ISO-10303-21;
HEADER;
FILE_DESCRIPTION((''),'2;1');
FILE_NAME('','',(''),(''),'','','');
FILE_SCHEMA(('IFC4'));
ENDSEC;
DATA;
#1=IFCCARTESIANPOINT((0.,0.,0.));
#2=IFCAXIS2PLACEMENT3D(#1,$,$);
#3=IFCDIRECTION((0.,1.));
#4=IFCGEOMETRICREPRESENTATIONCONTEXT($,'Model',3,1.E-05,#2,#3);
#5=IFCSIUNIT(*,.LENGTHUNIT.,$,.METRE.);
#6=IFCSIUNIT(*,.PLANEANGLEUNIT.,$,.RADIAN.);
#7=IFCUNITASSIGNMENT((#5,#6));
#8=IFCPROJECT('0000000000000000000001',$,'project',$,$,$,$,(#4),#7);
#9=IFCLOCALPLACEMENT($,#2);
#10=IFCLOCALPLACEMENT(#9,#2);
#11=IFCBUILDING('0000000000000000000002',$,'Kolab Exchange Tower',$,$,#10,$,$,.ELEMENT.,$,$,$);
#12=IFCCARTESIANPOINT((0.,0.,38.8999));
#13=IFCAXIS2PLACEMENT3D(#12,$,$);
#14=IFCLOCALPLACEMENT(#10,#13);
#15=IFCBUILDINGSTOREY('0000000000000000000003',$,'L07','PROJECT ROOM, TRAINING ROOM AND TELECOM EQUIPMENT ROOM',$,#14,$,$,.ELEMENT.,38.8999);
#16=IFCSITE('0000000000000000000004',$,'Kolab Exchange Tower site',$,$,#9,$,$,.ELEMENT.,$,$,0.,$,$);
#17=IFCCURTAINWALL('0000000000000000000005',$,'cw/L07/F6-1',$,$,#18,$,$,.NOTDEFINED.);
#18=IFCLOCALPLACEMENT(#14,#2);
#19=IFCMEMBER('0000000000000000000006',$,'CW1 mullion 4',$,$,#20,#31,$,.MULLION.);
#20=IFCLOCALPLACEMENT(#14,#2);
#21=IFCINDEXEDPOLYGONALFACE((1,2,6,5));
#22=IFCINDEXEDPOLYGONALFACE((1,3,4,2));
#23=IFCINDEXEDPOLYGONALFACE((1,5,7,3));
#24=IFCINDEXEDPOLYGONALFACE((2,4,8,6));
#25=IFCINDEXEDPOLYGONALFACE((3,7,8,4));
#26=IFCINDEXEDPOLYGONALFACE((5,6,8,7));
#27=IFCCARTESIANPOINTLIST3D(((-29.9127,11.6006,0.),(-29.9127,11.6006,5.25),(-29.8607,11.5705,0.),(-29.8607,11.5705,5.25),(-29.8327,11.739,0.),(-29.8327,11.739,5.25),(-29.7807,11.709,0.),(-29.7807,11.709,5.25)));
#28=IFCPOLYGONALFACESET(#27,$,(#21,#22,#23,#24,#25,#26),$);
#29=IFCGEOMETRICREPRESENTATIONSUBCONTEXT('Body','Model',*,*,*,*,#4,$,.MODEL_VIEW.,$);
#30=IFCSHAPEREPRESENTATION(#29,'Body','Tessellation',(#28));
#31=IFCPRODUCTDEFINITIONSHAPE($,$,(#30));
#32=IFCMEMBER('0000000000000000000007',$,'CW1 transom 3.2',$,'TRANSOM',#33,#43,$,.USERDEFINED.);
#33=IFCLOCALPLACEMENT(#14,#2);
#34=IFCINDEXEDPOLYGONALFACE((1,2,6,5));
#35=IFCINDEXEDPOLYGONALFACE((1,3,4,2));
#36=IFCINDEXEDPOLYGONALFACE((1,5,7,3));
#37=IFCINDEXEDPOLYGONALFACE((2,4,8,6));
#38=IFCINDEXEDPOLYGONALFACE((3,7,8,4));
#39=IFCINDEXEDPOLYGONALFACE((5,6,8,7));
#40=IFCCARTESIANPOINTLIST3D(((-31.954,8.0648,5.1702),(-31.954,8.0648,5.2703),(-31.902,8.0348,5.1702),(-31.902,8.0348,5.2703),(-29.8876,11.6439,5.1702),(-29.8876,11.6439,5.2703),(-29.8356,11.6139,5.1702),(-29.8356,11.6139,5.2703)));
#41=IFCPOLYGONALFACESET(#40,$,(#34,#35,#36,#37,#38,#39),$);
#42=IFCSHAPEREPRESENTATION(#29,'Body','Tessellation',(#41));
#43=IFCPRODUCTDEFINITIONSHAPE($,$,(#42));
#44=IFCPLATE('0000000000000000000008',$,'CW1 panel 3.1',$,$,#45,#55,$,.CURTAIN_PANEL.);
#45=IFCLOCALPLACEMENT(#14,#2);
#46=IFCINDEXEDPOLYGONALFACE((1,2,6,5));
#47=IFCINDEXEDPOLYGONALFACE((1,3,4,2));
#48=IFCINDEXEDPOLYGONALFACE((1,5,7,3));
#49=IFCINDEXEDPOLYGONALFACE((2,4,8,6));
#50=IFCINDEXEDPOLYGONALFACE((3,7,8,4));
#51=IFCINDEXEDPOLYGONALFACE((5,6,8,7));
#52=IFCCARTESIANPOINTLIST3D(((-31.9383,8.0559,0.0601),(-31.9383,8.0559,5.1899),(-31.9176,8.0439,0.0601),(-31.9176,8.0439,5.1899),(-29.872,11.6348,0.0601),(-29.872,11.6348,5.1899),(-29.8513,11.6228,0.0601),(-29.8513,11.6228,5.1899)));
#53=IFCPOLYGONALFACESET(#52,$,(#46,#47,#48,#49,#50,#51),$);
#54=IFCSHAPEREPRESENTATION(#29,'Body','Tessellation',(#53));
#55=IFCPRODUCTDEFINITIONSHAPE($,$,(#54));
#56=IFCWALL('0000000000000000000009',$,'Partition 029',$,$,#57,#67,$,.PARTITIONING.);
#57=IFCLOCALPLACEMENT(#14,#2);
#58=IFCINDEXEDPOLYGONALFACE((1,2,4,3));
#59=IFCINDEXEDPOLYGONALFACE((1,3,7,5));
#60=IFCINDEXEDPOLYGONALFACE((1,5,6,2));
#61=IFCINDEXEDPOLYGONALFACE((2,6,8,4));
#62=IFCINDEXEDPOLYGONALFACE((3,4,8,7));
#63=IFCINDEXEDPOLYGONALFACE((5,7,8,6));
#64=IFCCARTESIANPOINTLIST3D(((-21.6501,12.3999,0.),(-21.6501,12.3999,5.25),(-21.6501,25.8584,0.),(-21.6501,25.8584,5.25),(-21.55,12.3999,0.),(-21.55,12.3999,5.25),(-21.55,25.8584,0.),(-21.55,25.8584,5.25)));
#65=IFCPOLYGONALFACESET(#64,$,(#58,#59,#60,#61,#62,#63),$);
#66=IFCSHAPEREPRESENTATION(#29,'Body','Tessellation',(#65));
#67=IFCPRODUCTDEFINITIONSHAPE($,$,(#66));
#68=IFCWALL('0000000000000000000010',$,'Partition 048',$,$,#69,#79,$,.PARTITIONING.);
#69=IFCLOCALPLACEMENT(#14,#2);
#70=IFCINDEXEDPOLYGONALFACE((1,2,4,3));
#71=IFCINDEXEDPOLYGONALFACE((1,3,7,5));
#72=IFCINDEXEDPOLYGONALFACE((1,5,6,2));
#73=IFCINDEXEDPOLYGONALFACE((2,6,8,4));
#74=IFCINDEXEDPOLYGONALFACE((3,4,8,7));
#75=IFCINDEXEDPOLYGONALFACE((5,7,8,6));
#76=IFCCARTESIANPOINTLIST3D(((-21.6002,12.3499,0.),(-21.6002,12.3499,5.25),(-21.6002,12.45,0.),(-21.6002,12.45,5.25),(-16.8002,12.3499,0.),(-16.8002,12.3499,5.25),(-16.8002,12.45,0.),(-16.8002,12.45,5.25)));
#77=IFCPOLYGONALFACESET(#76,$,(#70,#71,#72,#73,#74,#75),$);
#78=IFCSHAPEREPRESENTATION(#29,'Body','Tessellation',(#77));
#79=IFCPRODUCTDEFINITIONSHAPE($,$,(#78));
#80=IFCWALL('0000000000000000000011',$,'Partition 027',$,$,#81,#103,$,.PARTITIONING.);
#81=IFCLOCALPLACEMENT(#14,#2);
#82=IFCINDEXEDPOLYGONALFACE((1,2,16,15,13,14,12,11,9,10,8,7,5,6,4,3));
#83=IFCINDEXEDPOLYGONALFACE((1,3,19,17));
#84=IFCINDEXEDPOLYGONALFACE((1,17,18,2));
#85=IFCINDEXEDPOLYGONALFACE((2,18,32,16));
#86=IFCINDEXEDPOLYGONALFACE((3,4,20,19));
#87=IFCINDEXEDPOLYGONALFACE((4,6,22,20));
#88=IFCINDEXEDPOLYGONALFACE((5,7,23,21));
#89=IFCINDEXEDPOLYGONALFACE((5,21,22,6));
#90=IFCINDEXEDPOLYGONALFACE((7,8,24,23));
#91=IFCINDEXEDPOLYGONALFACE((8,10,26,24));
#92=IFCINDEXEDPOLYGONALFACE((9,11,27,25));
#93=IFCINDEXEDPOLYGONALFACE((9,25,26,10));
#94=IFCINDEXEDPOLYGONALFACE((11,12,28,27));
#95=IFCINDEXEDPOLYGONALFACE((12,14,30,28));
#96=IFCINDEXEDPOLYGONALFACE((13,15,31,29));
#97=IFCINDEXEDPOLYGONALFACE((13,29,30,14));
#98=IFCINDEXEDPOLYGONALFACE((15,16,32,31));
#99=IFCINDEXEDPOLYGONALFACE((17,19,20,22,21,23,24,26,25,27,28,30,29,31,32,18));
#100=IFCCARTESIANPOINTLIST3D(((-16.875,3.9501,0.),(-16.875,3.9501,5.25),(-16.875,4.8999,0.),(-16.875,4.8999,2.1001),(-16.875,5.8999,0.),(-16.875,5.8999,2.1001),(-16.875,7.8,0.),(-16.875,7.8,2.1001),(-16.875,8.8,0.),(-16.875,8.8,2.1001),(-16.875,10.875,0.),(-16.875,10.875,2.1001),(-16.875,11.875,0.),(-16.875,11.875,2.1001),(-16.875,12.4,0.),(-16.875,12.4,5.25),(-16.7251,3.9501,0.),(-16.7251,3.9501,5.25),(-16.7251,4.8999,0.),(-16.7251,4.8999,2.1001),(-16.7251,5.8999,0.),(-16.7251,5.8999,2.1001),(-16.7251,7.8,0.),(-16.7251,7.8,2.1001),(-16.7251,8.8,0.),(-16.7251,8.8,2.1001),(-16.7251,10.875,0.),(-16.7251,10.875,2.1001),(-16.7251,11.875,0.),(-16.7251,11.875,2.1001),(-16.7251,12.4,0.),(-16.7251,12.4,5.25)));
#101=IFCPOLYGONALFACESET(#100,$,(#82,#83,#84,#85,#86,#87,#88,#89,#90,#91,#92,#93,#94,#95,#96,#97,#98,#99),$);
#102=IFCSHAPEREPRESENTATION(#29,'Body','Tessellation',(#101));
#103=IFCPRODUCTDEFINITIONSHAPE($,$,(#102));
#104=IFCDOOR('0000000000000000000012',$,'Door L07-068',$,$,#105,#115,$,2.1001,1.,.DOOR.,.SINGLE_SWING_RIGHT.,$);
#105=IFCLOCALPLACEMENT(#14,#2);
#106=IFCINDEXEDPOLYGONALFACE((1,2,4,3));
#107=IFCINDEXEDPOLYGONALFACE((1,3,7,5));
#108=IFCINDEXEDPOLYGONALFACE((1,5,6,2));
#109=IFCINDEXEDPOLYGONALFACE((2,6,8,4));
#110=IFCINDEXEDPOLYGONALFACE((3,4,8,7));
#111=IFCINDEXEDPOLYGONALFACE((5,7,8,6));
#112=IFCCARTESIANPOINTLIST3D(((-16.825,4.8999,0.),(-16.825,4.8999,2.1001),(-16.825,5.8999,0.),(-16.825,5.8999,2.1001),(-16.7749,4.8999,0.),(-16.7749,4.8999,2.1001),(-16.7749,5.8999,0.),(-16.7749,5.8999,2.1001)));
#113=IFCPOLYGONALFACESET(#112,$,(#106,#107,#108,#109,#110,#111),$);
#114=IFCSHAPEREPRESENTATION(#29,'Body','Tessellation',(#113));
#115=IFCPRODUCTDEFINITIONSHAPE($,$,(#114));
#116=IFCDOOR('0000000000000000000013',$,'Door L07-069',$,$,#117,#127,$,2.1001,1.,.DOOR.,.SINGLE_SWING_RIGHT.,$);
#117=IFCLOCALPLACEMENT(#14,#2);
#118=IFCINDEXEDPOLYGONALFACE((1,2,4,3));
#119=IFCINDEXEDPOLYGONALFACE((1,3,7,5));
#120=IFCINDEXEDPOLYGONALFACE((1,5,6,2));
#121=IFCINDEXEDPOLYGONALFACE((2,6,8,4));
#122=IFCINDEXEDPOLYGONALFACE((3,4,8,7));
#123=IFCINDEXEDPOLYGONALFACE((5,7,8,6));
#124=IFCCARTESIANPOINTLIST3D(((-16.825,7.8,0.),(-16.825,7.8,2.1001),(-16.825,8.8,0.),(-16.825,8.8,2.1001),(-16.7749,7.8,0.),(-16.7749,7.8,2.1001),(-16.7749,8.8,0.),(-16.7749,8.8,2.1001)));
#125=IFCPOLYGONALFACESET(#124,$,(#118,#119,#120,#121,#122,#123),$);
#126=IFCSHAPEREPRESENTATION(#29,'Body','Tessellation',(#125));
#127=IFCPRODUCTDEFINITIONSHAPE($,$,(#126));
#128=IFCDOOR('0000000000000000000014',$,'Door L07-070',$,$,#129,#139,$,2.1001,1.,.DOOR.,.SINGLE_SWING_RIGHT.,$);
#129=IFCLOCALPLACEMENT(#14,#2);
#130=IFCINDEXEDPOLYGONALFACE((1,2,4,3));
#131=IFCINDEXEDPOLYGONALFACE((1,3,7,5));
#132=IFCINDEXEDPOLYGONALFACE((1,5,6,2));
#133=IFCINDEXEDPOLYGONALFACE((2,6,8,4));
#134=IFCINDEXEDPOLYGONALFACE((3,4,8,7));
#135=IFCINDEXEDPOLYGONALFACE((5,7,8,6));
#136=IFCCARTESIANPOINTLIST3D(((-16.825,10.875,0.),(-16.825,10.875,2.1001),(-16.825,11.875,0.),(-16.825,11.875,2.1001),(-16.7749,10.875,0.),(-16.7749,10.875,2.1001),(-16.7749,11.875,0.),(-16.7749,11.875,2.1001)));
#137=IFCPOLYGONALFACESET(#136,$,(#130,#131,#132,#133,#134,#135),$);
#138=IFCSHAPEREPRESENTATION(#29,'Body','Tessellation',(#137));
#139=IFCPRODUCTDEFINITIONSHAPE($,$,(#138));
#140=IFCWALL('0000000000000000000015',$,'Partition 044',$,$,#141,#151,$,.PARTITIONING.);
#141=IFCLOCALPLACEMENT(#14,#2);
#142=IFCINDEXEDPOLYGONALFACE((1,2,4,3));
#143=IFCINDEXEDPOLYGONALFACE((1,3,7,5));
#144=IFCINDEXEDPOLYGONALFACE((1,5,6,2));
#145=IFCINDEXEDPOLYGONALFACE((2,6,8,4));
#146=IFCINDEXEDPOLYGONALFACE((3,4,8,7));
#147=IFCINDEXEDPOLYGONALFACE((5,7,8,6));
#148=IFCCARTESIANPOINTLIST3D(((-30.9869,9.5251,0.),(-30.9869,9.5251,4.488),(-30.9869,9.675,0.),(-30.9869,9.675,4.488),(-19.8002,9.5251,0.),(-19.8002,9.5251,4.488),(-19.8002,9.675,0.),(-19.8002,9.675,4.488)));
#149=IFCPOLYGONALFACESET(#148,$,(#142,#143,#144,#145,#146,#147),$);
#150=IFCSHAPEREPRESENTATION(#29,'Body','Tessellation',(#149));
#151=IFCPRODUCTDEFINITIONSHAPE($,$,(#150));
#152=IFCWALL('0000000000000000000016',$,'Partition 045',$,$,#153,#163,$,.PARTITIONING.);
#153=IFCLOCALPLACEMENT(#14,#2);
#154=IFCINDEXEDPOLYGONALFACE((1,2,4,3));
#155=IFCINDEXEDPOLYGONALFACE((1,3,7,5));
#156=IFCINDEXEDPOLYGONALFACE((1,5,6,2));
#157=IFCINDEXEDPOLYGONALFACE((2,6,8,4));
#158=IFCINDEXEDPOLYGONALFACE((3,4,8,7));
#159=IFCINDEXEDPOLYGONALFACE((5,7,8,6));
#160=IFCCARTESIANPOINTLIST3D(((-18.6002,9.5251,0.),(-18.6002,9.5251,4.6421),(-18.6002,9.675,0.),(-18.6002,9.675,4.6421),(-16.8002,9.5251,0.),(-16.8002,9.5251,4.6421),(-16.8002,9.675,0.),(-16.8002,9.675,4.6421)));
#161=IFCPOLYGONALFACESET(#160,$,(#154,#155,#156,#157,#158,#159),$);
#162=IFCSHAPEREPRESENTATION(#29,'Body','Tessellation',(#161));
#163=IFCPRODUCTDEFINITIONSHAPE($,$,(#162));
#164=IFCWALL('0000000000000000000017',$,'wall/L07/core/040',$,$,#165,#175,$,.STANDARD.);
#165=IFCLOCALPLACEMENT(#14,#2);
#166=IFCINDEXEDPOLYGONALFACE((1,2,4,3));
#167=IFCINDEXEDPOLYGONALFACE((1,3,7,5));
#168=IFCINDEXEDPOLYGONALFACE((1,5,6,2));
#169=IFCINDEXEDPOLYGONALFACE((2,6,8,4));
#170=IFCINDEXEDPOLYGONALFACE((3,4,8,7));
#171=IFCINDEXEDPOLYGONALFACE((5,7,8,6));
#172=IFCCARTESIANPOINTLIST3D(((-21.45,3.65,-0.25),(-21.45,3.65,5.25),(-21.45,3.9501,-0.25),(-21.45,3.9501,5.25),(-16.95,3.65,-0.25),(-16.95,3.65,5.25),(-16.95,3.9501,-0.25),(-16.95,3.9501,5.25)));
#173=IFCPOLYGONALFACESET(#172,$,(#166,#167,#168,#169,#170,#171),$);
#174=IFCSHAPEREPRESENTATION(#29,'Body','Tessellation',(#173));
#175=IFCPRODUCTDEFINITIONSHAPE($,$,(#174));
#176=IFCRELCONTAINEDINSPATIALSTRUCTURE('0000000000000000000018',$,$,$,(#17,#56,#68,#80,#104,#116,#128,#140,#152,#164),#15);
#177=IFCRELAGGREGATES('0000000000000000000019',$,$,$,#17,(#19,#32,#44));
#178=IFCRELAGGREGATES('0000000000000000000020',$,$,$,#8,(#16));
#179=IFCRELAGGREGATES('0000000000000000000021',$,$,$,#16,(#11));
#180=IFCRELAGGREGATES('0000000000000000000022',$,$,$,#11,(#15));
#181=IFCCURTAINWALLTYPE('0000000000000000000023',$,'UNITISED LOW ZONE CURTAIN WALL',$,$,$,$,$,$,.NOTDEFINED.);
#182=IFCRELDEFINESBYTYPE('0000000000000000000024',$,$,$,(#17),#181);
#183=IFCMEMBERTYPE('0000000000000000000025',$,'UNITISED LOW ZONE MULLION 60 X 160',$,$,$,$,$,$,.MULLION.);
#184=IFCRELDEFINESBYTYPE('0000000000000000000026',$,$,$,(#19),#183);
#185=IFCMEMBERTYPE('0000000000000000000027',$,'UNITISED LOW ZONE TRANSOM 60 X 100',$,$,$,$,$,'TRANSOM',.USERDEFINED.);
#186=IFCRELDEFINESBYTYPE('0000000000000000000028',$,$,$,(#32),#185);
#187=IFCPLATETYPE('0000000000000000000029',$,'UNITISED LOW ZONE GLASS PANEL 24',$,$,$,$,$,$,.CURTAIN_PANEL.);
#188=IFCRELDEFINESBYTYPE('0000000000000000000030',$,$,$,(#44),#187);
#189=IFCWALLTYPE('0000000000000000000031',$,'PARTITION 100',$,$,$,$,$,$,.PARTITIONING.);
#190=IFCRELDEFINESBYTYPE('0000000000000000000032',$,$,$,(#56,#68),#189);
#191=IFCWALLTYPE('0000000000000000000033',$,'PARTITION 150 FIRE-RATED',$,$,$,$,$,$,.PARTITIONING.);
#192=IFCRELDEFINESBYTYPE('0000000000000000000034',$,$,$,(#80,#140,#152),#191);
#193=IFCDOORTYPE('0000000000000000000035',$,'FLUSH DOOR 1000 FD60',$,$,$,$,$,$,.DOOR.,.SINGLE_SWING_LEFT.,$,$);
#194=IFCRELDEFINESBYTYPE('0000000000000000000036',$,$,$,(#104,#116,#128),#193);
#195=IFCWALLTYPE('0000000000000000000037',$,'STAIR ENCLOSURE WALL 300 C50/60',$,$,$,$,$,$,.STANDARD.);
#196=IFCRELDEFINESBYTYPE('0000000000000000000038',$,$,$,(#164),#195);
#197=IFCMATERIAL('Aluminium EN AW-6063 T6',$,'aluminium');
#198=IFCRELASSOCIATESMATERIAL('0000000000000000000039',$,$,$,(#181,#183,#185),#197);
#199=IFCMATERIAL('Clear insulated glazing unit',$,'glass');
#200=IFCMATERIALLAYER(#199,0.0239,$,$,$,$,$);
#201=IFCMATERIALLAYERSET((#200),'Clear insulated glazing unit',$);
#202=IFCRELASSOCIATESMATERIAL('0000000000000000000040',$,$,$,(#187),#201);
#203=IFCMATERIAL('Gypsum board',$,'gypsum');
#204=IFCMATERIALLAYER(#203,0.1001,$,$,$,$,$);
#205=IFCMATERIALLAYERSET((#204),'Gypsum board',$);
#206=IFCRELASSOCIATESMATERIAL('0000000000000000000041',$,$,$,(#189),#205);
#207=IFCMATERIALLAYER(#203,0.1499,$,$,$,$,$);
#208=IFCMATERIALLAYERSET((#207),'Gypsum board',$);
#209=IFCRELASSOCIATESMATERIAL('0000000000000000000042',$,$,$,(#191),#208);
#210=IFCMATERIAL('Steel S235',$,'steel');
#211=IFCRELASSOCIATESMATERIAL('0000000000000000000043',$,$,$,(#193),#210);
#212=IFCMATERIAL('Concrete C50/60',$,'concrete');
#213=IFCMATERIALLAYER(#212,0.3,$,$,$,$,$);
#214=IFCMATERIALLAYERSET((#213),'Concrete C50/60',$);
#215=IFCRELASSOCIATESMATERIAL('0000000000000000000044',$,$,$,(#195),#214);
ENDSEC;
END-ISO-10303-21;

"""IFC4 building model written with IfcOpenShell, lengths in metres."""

from ifc_helpers import new_model, si_unit, direction, frame, frame_2d, origin, origin_2d, place, context, subcontext, project, spatial, rectangle, extrude, material, layer, layer_set, material_profile, profile_set, type_object, element, fill, aggregate, save


model = new_model("IFC4")

# Units and contexts
model_context = context("Model", 3, precision=1e-05, world=origin(), true_north=direction((0.0, 1.0)))
body_context = subcontext(model_context, "Body", "Model", "MODEL_VIEW")
ifc_project = project(units=[si_unit("LENGTHUNIT", "METRE"), si_unit("PLANEANGLEUNIT", "RADIAN")], contexts=[model_context])

# Site, building, storey
site_placement = place(None, origin())
site = spatial("IfcSite", under=ifc_project, at=site_placement, Name="Kolab Exchange Tower site", CompositionType="ELEMENT", RefElevation=0.0)
building_placement = place(site_placement, origin())
building = spatial("IfcBuilding", under=site, at=building_placement, Name="Kolab Exchange Tower", CompositionType="ELEMENT")
storey_placement = place(building_placement, frame((0.0, 0.0, 38.8999)))
storey = spatial("IfcBuildingStorey", under=building, at=storey_placement, Name="L07", Description="PROJECT ROOM, TRAINING ROOM AND TELECOM EQUIPMENT ROOM", CompositionType="ELEMENT", Elevation=38.8999)

# Curtain wall, members, plate
ifc_material_1 = material(Name="Aluminium EN AW-6063 T6", Category="aluminium")
curtain_wall_type = type_object("IfcCurtainWallType", Name="UNITISED LOW ZONE CURTAIN WALL", PredefinedType="NOTDEFINED", material=ifc_material_1)
curtain_wall_placement = place(storey_placement, origin())
curtain_wall = element("IfcCurtainWall", 1, at=curtain_wall_placement, inside=storey, type_object=curtain_wall_type, Name="cw/L07/F6-1", PredefinedType="NOTDEFINED")
ifc_material_profile_1 = material_profile(ifc_material_1, rectangle(XDim=0.0601, YDim=0.1599, at=origin_2d()), Name="RECT 60X160")
ifc_profile_set_1 = profile_set([ifc_material_profile_1], Name="Aluminium EN AW-6063 T6")
member_type_1 = type_object("IfcMemberType", Name="UNITISED LOW ZONE MULLION 60 X 160", PredefinedType="MULLION", material=ifc_profile_set_1)
member_1_placement = place(storey_placement, frame((-29.8467, 11.6548, 0.0), z_axis=(0.0, 0.0, 1.0), x_axis=(-0.866025, 0.5, 0.0)))
member_1 = element("IfcMember", 2, at=member_1_placement, type_object=member_type_1, Name="CW1 mullion 4", PredefinedType="MULLION", context=body_context, shape_type="SweptSolid", body=[
    extrude(rectangle(XDim=0.0601, YDim=0.1599, at=origin_2d()), origin(), (0.0, 0.0, 1.0), 5.25),
])
ifc_material_profile_2 = material_profile(ifc_material_1, rectangle(XDim=0.0601, YDim=0.1001, at=origin_2d()), Name="RECT 60X100")
ifc_profile_set_2 = profile_set([ifc_material_profile_2], Name="Aluminium EN AW-6063 T6")
member_type_2 = type_object("IfcMemberType", Name="UNITISED LOW ZONE TRANSOM 60 X 100", ElementType="TRANSOM", PredefinedType="USERDEFINED", material=ifc_profile_set_2)
member_2_placement = place(storey_placement, frame((-31.928, 8.0498, 5.2202), z_axis=(0.500002, 0.866024, 0.0), x_axis=(-0.866024, 0.500002, 0.0)))
member_2 = element("IfcMember", 3, at=member_2_placement, type_object=member_type_2, Name="CW1 transom 3.2", ObjectType="TRANSOM", PredefinedType="USERDEFINED", context=body_context, shape_type="SweptSolid", body=[
    extrude(rectangle(XDim=0.0601, YDim=0.1001, at=origin_2d()), origin(), (0.0, 0.0, 1.0), 4.1328),
])
ifc_material_2 = material(Name="Clear insulated glazing unit", Category="glass")
ifc_layer_1 = layer(ifc_material_2, 0.0239)
ifc_layer_set_1 = layer_set([ifc_layer_1], Name="Clear insulated glazing unit")
plate_type = type_object("IfcPlateType", Name="UNITISED LOW ZONE GLASS PANEL 24", PredefinedType="CURTAIN_PANEL", material=ifc_layer_set_1)
plate_placement = place(storey_placement, frame((-30.8948, 9.8394, 0.0601), z_axis=(0.0, 0.0, 1.0), x_axis=(0.5, 0.866025, 0.0)))
plate = element("IfcPlate", 4, at=plate_placement, type_object=plate_type, Name="CW1 panel 3.1", PredefinedType="CURTAIN_PANEL", context=body_context, shape_type="SweptSolid", body=[
    extrude(rectangle(XDim=4.1326, YDim=0.0239, at=origin_2d()), origin(), (0.0, 0.0, 1.0), 5.1299),
])
aggregate(curtain_wall, [member_1, member_2, plate])

# Walls
ifc_material_3 = material(Name="Gypsum board", Category="gypsum")
ifc_layer_2 = layer(ifc_material_3, 0.1001)
ifc_layer_set_2 = layer_set([ifc_layer_2], Name="Gypsum board")
wall_type_1 = type_object("IfcWallType", Name="PARTITION 100", PredefinedType="PARTITIONING", material=ifc_layer_set_2)
wall_1_placement = place(storey_placement, frame((-21.6001, 12.3999, 0.0), z_axis=(0.0, 0.0, 1.0), x_axis=(0.0, 1.0, 0.0)))
element("IfcWall", 5, at=wall_1_placement, inside=storey, type_object=wall_type_1, Name="Partition 029", PredefinedType="PARTITIONING", context=body_context, shape_type="SweptSolid", body=[
    extrude(rectangle(XDim=13.4585, YDim=0.1001, at=frame_2d((6.7292, 0.0))), origin(), (0.0, 0.0, 1.0), 5.25),
])
wall_2_placement = place(storey_placement, frame((-21.6001, 12.3999, 0.0), z_axis=(0.0, 0.0, 1.0), x_axis=(1.0, 0.0, 0.0)))
element("IfcWall", 6, at=wall_2_placement, inside=storey, type_object=wall_type_1, Name="Partition 048", PredefinedType="PARTITIONING", context=body_context, shape_type="SweptSolid", body=[
    extrude(rectangle(XDim=4.8, YDim=0.1001, at=frame_2d((2.3999, 0.0))), origin(), (0.0, 0.0, 1.0), 5.25),
])

# Wall, openings, doors
ifc_layer_3 = layer(ifc_material_3, 0.1499)
ifc_layer_set_3 = layer_set([ifc_layer_3], Name="Gypsum board")
wall_type_2 = type_object("IfcWallType", Name="PARTITION 150 FIRE-RATED", PredefinedType="PARTITIONING", material=ifc_layer_set_3)
wall_3_placement = place(storey_placement, frame((-16.8, 3.95, 0.0), z_axis=(0.0, 0.0, 1.0), x_axis=(0.0, 1.0, 0.0)))
wall_3 = element("IfcWall", 7, at=wall_3_placement, inside=storey, type_object=wall_type_2, Name="Partition 027", PredefinedType="PARTITIONING", context=body_context, shape_type="SweptSolid", body=[
    extrude(rectangle(XDim=8.45, YDim=0.1499, at=frame_2d((4.2251, 0.0))), origin(), (0.0, 0.0, 1.0), 5.25),
])
opening_1_placement = place(wall_3_placement, frame((0.95, 0.0, 0.0)))
opening_1 = element("IfcOpeningElement", 8, at=opening_1_placement, cuts=wall_3, PredefinedType="OPENING", context=body_context, shape_type="SweptSolid", body=[
    extrude(rectangle(XDim=1.0, YDim=2.1001, at=frame_2d((0.5, 1.05))), frame((0.0, 0.085, 0.0), z_axis=(0.0, -1.0, 0.0), x_axis=(1.0, 0.0, 0.0)), (0.0, 0.0, 1.0), 0.1699),
])
opening_2_placement = place(wall_3_placement, frame((3.8501, 0.0, 0.0)))
opening_2 = element("IfcOpeningElement", 9, at=opening_2_placement, cuts=wall_3, PredefinedType="OPENING", context=body_context, shape_type="SweptSolid", body=[
    extrude(rectangle(XDim=1.0, YDim=2.1001, at=frame_2d((0.5, 1.05))), frame((0.0, 0.085, 0.0), z_axis=(0.0, -1.0, 0.0), x_axis=(1.0, 0.0, 0.0)), (0.0, 0.0, 1.0), 0.1699),
])
opening_3_placement = place(wall_3_placement, frame((6.925, 0.0, 0.0)))
opening_3 = element("IfcOpeningElement", 10, at=opening_3_placement, cuts=wall_3, PredefinedType="OPENING", context=body_context, shape_type="SweptSolid", body=[
    extrude(rectangle(XDim=1.0, YDim=2.1001, at=frame_2d((0.5, 1.05))), frame((0.0, 0.085, 0.0), z_axis=(0.0, -1.0, 0.0), x_axis=(1.0, 0.0, 0.0)), (0.0, 0.0, 1.0), 0.1699),
])
ifc_material_4 = material(Name="Steel S235", Category="steel")
door_type_1 = type_object("IfcDoorType", Name="FLUSH DOOR 1000 FD60", OperationType="SINGLE_SWING_LEFT", PredefinedType="DOOR", material=ifc_material_4)
door_1_placement = place(opening_1_placement, origin())
door_1 = element("IfcDoor", 11, at=door_1_placement, inside=storey, type_object=door_type_1, Name="Door L07-068", OperationType="SINGLE_SWING_RIGHT", OverallHeight=2.1001, OverallWidth=1.0, PredefinedType="DOOR", context=body_context, shape_type="SweptSolid", body=[
    extrude(rectangle(XDim=1.0, YDim=2.1001, at=frame_2d((0.5, 1.05))), frame((0.0, 0.0249, 0.0), z_axis=(0.0, -1.0, 0.0), x_axis=(1.0, 0.0, 0.0)), (0.0, 0.0, 1.0), 0.05),
])
fill(opening_1, door_1)
door_2_placement = place(opening_2_placement, origin())
door_2 = element("IfcDoor", 12, at=door_2_placement, inside=storey, type_object=door_type_1, Name="Door L07-069", OperationType="SINGLE_SWING_RIGHT", OverallHeight=2.1001, OverallWidth=1.0, PredefinedType="DOOR", context=body_context, shape_type="SweptSolid", body=[
    extrude(rectangle(XDim=1.0, YDim=2.1001, at=frame_2d((0.5, 1.05))), frame((0.0, 0.0249, 0.0), z_axis=(0.0, -1.0, 0.0), x_axis=(1.0, 0.0, 0.0)), (0.0, 0.0, 1.0), 0.05),
])
fill(opening_2, door_2)
door_3_placement = place(opening_3_placement, origin())
door_3 = element("IfcDoor", 13, at=door_3_placement, inside=storey, type_object=door_type_1, Name="Door L07-070", OperationType="SINGLE_SWING_RIGHT", OverallHeight=2.1001, OverallWidth=1.0, PredefinedType="DOOR", context=body_context, shape_type="SweptSolid", body=[
    extrude(rectangle(XDim=1.0, YDim=2.1001, at=frame_2d((0.5, 1.05))), frame((0.0, 0.0249, 0.0), z_axis=(0.0, -1.0, 0.0), x_axis=(1.0, 0.0, 0.0)), (0.0, 0.0, 1.0), 0.05),
])
fill(opening_3, door_3)

# Walls
wall_4_placement = place(storey_placement, frame((-30.9868, 9.6001, 0.0), z_axis=(0.0, 0.0, 1.0), x_axis=(1.0, 0.0, 0.0)))
element("IfcWall", 14, at=wall_4_placement, inside=storey, type_object=wall_type_2, Name="Partition 044", PredefinedType="PARTITIONING", context=body_context, shape_type="SweptSolid", body=[
    extrude(rectangle(XDim=11.1868, YDim=0.1499, at=frame_2d((5.5933, 0.0))), origin(), (0.0, 0.0, 1.0), 4.488),
])
wall_5_placement = place(storey_placement, frame((-18.6001, 9.6001, 0.0), z_axis=(0.0, 0.0, 1.0), x_axis=(1.0, 0.0, 0.0)))
element("IfcWall", 15, at=wall_5_placement, inside=storey, type_object=wall_type_2, Name="Partition 045", PredefinedType="PARTITIONING", context=body_context, shape_type="SweptSolid", body=[
    extrude(rectangle(XDim=1.8, YDim=0.1499, at=frame_2d((0.8999, 0.0))), origin(), (0.0, 0.0, 1.0), 4.6421),
])
ifc_material_5 = material(Name="Concrete C50/60", Category="concrete")
ifc_layer_4 = layer(ifc_material_5, 0.3)
ifc_layer_set_4 = layer_set([ifc_layer_4], Name="Concrete C50/60")
wall_type_3 = type_object("IfcWallType", Name="STAIR ENCLOSURE WALL 300 C50/60", PredefinedType="STANDARD", material=ifc_layer_set_4)
wall_6_placement = place(storey_placement, frame((-21.45, 3.8, -0.25), z_axis=(0.0, 0.0, 1.0), x_axis=(1.0, 0.0, 0.0)))
element("IfcWall", 16, at=wall_6_placement, inside=storey, type_object=wall_type_3, Name="wall/L07/core/040", PredefinedType="STANDARD", context=body_context, shape_type="SweptSolid", body=[
    extrude(rectangle(XDim=4.5, YDim=0.3, at=frame_2d((2.25, 0.0))), origin(), (0.0, 0.0, 1.0), 5.5),
])

save(model, "model.ifc")
